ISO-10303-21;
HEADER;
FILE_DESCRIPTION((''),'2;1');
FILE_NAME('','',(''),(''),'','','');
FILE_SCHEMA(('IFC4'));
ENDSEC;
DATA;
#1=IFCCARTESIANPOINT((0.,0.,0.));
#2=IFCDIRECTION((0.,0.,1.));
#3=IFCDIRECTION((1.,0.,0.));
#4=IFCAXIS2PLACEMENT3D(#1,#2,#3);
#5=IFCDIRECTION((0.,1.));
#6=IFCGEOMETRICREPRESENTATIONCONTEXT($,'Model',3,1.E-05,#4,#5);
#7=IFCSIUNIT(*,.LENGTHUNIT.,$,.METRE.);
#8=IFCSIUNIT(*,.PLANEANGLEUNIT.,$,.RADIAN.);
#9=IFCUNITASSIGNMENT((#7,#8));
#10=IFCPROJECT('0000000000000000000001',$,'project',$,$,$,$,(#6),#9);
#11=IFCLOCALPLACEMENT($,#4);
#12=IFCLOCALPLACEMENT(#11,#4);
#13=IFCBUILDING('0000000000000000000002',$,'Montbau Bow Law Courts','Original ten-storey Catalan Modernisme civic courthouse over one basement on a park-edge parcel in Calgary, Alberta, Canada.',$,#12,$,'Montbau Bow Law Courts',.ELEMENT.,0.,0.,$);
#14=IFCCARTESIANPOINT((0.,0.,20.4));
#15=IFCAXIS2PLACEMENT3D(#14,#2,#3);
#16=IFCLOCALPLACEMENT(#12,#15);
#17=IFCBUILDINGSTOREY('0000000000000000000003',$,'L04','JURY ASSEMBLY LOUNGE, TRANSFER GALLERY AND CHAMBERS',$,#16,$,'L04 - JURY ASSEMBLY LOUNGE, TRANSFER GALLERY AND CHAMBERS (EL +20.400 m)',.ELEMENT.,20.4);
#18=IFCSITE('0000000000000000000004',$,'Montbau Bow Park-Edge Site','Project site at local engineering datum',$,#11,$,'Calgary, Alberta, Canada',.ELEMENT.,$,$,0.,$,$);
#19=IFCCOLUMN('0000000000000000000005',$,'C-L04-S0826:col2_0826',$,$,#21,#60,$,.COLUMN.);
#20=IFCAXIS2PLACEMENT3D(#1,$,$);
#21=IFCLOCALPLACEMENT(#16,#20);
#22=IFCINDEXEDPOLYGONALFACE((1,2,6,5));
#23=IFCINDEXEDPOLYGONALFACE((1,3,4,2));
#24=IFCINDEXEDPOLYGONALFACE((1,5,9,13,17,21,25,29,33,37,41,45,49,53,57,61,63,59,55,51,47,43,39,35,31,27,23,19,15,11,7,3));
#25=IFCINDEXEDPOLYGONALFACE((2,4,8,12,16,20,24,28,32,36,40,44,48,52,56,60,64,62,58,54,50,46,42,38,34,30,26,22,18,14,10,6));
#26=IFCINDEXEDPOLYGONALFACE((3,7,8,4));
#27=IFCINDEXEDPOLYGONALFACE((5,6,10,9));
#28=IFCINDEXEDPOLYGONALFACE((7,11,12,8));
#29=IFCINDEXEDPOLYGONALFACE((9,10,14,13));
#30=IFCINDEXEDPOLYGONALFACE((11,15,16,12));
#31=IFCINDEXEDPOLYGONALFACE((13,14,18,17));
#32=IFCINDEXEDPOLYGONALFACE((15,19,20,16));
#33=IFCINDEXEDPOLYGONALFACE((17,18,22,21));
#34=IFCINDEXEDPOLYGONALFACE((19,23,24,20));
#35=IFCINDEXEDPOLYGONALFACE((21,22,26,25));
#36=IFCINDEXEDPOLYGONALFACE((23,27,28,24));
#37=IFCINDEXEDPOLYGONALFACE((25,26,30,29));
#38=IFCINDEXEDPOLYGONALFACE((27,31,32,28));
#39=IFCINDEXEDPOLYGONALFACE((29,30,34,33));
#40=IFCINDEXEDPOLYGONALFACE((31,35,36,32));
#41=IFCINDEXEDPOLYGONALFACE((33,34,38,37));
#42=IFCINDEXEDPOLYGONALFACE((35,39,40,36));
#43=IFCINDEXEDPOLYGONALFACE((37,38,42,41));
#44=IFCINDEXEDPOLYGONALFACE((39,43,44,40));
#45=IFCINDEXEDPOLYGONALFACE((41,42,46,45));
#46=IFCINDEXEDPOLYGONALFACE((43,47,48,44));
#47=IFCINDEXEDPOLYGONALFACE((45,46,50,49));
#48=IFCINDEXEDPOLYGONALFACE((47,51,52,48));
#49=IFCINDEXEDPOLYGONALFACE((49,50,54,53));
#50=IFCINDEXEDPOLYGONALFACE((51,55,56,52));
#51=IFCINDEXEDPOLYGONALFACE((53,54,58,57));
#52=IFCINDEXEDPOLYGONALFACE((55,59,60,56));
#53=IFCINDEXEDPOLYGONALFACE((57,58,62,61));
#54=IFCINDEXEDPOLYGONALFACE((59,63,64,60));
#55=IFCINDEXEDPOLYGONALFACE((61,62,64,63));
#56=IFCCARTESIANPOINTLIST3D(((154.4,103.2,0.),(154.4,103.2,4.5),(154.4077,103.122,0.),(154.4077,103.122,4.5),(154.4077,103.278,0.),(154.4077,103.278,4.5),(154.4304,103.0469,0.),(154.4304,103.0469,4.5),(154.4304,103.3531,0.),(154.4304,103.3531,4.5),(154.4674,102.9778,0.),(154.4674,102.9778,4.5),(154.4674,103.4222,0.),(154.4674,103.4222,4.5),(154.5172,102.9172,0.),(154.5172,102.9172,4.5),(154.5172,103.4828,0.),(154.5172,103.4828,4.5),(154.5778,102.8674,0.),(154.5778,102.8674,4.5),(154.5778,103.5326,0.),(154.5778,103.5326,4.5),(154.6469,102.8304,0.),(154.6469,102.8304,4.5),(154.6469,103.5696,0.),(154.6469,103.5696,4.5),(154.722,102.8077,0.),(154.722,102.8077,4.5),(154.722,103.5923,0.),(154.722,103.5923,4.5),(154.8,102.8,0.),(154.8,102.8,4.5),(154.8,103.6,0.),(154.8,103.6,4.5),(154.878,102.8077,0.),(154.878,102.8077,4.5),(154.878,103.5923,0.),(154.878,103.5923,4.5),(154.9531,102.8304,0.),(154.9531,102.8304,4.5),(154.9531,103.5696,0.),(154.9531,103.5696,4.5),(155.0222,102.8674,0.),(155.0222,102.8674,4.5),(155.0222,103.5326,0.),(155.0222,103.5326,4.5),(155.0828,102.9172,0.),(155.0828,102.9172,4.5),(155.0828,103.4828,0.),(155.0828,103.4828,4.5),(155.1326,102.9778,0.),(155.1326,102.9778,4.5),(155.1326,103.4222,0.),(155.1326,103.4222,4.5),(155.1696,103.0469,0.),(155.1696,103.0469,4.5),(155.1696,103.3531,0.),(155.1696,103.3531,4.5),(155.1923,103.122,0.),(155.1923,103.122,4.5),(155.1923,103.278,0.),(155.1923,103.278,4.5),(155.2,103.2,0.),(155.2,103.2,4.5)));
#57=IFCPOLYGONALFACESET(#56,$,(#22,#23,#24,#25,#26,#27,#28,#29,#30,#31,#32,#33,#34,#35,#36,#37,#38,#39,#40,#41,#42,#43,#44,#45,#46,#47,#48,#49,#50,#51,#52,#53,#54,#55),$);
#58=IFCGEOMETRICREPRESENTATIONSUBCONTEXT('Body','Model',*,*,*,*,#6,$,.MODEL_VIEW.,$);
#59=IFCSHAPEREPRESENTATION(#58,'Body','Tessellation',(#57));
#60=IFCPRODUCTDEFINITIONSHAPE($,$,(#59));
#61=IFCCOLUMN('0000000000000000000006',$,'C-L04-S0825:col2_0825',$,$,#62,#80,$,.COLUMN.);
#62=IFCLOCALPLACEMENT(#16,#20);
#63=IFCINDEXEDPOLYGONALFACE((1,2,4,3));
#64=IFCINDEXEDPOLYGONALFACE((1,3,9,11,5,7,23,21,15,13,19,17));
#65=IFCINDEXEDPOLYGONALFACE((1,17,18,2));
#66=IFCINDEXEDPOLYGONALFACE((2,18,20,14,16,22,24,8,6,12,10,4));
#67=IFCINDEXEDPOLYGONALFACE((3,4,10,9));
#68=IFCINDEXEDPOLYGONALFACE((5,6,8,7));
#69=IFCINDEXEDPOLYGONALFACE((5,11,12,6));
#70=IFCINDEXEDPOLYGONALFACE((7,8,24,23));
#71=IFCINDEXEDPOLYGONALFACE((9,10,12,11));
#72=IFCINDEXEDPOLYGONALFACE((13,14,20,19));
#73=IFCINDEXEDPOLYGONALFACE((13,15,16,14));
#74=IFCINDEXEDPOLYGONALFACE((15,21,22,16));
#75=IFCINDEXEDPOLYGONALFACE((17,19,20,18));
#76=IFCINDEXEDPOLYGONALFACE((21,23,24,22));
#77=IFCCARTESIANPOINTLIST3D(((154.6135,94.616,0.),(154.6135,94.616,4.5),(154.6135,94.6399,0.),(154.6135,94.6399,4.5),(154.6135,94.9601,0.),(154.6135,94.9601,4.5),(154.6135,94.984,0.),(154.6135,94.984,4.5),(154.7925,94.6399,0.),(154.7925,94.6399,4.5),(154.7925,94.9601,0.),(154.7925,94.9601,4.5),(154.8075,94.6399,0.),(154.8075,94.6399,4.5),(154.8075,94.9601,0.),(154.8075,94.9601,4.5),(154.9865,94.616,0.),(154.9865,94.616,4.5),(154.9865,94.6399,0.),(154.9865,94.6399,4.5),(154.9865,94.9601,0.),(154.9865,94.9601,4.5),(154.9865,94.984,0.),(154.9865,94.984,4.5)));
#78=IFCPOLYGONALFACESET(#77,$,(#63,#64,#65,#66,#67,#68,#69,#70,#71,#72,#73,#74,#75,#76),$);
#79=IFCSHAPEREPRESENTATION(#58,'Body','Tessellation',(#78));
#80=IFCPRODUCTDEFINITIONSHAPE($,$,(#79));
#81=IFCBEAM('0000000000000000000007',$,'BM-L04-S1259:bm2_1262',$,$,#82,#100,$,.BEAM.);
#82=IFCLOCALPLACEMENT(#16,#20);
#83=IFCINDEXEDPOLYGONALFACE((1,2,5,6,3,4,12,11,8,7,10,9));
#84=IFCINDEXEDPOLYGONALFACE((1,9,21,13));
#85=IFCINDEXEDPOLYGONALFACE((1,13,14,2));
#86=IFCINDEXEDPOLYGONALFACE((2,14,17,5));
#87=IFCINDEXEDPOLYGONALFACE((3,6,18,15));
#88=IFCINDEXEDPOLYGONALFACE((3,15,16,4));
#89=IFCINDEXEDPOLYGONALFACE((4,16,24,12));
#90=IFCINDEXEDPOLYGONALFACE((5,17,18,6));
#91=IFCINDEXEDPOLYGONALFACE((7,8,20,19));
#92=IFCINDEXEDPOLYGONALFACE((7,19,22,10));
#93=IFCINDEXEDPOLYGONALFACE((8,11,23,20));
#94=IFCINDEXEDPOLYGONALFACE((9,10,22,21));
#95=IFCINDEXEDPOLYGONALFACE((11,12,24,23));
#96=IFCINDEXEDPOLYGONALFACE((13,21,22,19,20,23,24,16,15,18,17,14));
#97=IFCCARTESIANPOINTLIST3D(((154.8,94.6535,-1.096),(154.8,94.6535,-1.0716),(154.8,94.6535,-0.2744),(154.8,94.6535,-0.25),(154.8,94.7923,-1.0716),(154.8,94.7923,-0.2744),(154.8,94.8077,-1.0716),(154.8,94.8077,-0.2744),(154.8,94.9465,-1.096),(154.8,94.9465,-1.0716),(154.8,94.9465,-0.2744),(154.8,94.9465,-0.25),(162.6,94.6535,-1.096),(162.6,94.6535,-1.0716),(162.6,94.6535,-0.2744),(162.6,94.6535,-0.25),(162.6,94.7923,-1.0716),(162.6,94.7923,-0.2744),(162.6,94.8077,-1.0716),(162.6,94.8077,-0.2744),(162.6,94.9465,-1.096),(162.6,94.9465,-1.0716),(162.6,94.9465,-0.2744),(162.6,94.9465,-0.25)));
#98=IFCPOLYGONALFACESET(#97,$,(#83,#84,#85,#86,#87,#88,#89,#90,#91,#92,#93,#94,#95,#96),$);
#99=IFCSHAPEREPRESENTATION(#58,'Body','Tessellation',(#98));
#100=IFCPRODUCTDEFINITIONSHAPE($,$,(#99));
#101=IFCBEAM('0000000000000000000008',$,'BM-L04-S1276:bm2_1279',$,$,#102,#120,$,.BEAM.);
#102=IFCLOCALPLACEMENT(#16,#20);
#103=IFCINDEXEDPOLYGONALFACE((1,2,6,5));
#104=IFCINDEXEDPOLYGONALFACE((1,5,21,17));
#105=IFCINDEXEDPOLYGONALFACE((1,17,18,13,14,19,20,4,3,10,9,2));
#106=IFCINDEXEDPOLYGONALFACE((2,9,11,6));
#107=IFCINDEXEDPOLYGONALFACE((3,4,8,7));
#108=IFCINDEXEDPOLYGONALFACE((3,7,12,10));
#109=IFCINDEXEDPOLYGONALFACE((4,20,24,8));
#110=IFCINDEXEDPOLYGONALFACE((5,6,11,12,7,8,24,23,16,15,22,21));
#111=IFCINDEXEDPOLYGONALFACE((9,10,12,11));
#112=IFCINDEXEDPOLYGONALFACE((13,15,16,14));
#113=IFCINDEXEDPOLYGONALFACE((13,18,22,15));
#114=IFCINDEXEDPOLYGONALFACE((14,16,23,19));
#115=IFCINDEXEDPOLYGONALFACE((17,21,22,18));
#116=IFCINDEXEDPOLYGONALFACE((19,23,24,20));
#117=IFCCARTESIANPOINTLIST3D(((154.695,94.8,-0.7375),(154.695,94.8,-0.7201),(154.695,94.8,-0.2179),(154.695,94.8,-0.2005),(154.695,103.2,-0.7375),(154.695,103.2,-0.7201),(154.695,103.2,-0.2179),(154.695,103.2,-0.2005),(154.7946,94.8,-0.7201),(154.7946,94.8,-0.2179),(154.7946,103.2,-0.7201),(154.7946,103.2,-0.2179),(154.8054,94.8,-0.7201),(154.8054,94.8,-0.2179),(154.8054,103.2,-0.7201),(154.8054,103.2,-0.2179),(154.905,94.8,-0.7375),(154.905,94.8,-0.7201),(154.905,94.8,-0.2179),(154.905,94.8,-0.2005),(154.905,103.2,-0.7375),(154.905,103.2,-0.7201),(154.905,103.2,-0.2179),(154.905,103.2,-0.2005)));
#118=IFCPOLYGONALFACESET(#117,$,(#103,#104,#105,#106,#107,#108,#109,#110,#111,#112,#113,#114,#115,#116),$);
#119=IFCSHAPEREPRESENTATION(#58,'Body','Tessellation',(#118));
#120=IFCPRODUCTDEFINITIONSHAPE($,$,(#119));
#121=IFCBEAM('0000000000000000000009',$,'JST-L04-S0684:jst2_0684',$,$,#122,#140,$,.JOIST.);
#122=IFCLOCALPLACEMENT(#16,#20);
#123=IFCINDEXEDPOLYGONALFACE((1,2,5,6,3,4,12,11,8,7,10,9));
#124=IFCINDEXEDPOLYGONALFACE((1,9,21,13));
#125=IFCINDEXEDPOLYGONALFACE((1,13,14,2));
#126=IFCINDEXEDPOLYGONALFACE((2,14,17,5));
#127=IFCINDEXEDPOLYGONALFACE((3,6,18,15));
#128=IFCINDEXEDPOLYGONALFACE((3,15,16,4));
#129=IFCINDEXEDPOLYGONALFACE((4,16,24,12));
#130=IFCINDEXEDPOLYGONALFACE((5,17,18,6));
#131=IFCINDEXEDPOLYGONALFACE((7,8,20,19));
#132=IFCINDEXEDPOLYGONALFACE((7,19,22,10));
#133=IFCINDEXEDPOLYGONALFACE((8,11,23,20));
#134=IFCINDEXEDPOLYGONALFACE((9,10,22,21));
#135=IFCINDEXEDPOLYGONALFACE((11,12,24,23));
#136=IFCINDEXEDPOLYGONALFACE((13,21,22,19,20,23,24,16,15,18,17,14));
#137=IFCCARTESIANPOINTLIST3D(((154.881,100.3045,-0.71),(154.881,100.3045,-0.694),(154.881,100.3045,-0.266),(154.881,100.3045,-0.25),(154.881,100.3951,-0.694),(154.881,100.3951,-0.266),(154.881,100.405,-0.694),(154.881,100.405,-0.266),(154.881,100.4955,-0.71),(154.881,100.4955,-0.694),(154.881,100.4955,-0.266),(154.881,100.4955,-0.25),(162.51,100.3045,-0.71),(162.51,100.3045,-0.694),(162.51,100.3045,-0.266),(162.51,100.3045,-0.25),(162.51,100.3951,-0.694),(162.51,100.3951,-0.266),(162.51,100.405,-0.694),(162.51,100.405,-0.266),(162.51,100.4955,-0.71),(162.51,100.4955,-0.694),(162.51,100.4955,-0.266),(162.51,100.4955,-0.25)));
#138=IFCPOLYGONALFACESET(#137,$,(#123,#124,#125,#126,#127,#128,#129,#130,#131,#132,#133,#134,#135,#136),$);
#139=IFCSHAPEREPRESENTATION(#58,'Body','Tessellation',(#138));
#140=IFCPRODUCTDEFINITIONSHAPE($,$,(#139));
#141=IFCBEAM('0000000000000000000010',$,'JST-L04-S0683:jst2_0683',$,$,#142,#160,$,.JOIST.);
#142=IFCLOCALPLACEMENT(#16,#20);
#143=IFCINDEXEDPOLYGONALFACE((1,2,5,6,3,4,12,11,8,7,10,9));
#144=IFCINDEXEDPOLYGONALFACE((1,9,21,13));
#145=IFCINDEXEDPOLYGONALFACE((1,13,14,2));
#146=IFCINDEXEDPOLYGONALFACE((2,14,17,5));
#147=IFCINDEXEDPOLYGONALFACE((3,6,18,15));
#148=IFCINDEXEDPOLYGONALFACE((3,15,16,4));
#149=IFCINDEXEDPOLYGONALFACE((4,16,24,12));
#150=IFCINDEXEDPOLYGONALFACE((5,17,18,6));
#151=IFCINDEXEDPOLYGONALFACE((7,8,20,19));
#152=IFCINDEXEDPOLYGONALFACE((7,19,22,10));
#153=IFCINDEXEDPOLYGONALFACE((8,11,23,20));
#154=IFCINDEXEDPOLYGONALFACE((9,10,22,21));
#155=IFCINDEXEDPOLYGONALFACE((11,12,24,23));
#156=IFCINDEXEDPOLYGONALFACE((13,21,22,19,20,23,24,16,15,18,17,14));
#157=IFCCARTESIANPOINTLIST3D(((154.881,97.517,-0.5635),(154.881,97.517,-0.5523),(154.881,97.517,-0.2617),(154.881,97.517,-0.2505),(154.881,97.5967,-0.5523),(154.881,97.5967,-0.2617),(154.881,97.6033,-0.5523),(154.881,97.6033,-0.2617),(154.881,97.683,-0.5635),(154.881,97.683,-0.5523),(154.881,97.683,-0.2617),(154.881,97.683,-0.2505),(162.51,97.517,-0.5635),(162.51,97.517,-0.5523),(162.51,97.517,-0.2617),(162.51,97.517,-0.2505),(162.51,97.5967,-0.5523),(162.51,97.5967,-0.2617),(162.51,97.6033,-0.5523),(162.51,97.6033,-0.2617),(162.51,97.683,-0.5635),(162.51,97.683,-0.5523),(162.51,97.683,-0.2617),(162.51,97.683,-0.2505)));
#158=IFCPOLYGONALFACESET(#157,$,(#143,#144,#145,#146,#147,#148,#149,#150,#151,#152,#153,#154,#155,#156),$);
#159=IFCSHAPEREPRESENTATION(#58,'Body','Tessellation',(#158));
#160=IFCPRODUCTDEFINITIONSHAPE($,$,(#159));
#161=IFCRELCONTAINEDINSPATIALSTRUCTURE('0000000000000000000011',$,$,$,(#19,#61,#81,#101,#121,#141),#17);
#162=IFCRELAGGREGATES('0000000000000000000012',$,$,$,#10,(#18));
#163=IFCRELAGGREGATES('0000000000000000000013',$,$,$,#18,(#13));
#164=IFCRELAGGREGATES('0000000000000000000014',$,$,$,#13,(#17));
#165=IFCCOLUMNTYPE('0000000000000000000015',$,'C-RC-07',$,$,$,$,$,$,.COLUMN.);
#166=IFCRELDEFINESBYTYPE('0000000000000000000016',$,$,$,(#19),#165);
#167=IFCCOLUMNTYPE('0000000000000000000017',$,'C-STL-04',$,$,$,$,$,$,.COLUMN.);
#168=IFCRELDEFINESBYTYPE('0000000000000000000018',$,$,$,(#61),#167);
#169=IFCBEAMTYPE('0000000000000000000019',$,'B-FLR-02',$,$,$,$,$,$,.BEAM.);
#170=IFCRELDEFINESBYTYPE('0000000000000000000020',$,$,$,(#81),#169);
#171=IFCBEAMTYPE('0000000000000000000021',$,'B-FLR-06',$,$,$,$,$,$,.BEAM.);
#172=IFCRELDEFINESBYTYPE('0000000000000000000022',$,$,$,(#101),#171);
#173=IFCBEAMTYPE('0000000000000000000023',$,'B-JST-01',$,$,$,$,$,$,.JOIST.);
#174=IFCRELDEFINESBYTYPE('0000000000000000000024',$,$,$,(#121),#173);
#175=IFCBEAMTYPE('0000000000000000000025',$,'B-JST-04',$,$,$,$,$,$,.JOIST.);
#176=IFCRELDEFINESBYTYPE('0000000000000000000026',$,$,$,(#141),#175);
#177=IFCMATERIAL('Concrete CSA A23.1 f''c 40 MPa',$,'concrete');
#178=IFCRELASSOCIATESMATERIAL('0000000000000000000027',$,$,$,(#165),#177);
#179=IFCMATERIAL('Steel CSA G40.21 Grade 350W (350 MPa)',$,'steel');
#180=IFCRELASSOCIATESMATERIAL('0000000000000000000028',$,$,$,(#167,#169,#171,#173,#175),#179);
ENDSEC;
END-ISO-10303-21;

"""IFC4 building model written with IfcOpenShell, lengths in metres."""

from ifc_helpers import new_model, si_unit, direction, frame, origin_with_axes, origin_2d_with_axis, place, context, subcontext, project, spatial, circle, i_section, extrude, material, material_profile, profile_set, type_object, element, save


model = new_model("IFC4")

# Units and contexts
model_context = context("Model", 3, precision=1e-05, world=origin_with_axes(), true_north=direction((0.0, 1.0)))
body_context = subcontext(model_context, "Body", "Model", "MODEL_VIEW")
ifc_project = project(units=[si_unit("LENGTHUNIT", "METRE"), si_unit("PLANEANGLEUNIT", "RADIAN")], contexts=[model_context])

# Site, building, storey
site_placement = place(None, origin_with_axes())
site = spatial("IfcSite", under=ifc_project, at=site_placement, Name="Montbau Bow Park-Edge Site", Description="Project site at local engineering datum", LongName="Calgary, Alberta, Canada", CompositionType="ELEMENT", RefElevation=0.0)
building_placement = place(site_placement, origin_with_axes())
building = spatial("IfcBuilding", under=site, at=building_placement, Name="Montbau Bow Law Courts", Description="Original ten-storey Catalan Modernisme civic courthouse over one basement on a park-edge parcel in Calgary, Alberta, Canada.", LongName="Montbau Bow Law Courts", CompositionType="ELEMENT", ElevationOfRefHeight=0.0, ElevationOfTerrain=0.0)
storey_placement = place(building_placement, frame((0.0, 0.0, 20.4), z_axis=(0.0, 0.0, 1.0), x_axis=(1.0, 0.0, 0.0)))
storey = spatial("IfcBuildingStorey", under=building, at=storey_placement, Name="L04", Description="JURY ASSEMBLY LOUNGE, TRANSFER GALLERY AND CHAMBERS", LongName="L04 - JURY ASSEMBLY LOUNGE, TRANSFER GALLERY AND CHAMBERS (EL +20.400 m)", CompositionType="ELEMENT", Elevation=20.4)

# Columns
ifc_material_1 = material(Name="Concrete CSA A23.1 f'c 40 MPa", Category="concrete")
ifc_material_profile_1 = material_profile(ifc_material_1, circle(Radius=0.4, at=origin_2d_with_axis()), Name="RC800D", Category="Main", Priority=0)
ifc_profile_set_1 = profile_set([ifc_material_profile_1], Name="Concrete CSA A23.1 f'c 40 MPa")
column_type_1 = type_object("IfcColumnType", Name="C-RC-07", PredefinedType="COLUMN", material=ifc_profile_set_1)
column_1_placement = place(None, frame((154.8, 103.2, 20.4), z_axis=(0.0, 0.0, 1.0), x_axis=(1.0, 0.0, 0.0)))
element("IfcColumn", 1, at=column_1_placement, inside=storey, type_object=column_type_1, Name="C-L04-S0826:col2_0826", PredefinedType="COLUMN", context=body_context, shape_type="SweptSolid", body=[
    extrude(circle(Radius=0.4, at=origin_2d_with_axis()), origin_with_axes(), (0.0, 0.0, 1.0), 4.5),
])
ifc_material_2 = material(Name="Steel CSA G40.21 Grade 350W (350 MPa)", Category="steel")
ifc_material_profile_2 = material_profile(ifc_material_2, i_section(OverallWidth=0.373, OverallDepth=0.368, WebThickness=0.015, FlangeThickness=0.0239, at=origin_2d_with_axis()), Name="W360X179", Category="Main", Priority=0)
ifc_profile_set_2 = profile_set([ifc_material_profile_2], Name="Steel CSA G40.21 Grade 350W (350 MPa)")
column_type_2 = type_object("IfcColumnType", Name="C-STL-04", PredefinedType="COLUMN", material=ifc_profile_set_2)
column_2_placement = place(None, frame((154.8, 94.8, 20.4), z_axis=(0.0, 0.0, 1.0), x_axis=(1.0, 0.0, 0.0)))
element("IfcColumn", 2, at=column_2_placement, inside=storey, type_object=column_type_2, Name="C-L04-S0825:col2_0825", PredefinedType="COLUMN", context=body_context, shape_type="SweptSolid", body=[
    extrude(i_section(OverallWidth=0.373, OverallDepth=0.368, WebThickness=0.015, FlangeThickness=0.0239, at=origin_2d_with_axis()), origin_with_axes(), (0.0, 0.0, 1.0), 4.5),
])

# Beams
ifc_material_profile_3 = material_profile(ifc_material_2, i_section(OverallWidth=0.293, OverallDepth=0.846, WebThickness=0.0154, FlangeThickness=0.0244, at=origin_2d_with_axis()), Name="W840X210", Category="Main", Priority=0)
ifc_profile_set_3 = profile_set([ifc_material_profile_3], Name="Steel CSA G40.21 Grade 350W (350 MPa)")
beam_type_1 = type_object("IfcBeamType", Name="B-FLR-02", PredefinedType="BEAM", material=ifc_profile_set_3)
beam_1_placement = place(None, frame((154.8, 94.8, 19.727), z_axis=(1.0, 0.0, 0.0), x_axis=(0.0, 1.0, 0.0)))
element("IfcBeam", 3, at=beam_1_placement, inside=storey, type_object=beam_type_1, Name="BM-L04-S1259:bm2_1262", PredefinedType="BEAM", context=body_context, shape_type="SweptSolid", body=[
    extrude(i_section(OverallWidth=0.293, OverallDepth=0.846, WebThickness=0.0154, FlangeThickness=0.0244, at=origin_2d_with_axis()), origin_with_axes(), (0.0, 0.0, 1.0), 7.8),
])
ifc_material_profile_4 = material_profile(ifc_material_2, i_section(OverallWidth=0.21, OverallDepth=0.537, WebThickness=0.0109, FlangeThickness=0.0174, at=origin_2d_with_axis()), Name="W530X101", Category="Main", Priority=0)
ifc_profile_set_4 = profile_set([ifc_material_profile_4], Name="Steel CSA G40.21 Grade 350W (350 MPa)")
beam_type_2 = type_object("IfcBeamType", Name="B-FLR-06", PredefinedType="BEAM", material=ifc_profile_set_4)
beam_2_placement = place(None, frame((154.8, 94.8, 19.931), z_axis=(0.0, 1.0, 0.0), x_axis=(-1.0, 0.0, 0.0)))
element("IfcBeam", 4, at=beam_2_placement, inside=storey, type_object=beam_type_2, Name="BM-L04-S1276:bm2_1279", PredefinedType="BEAM", context=body_context, shape_type="SweptSolid", body=[
    extrude(i_section(OverallWidth=0.21, OverallDepth=0.537, WebThickness=0.0109, FlangeThickness=0.0174, at=origin_2d_with_axis()), origin_with_axes(), (0.0, 0.0, 1.0), 8.4),
])
ifc_material_profile_5 = material_profile(ifc_material_2, i_section(OverallWidth=0.191, OverallDepth=0.46, WebThickness=0.0099, FlangeThickness=0.016, at=origin_2d_with_axis()), Name="W460X82", Category="Main", Priority=0)
ifc_profile_set_5 = profile_set([ifc_material_profile_5], Name="Steel CSA G40.21 Grade 350W (350 MPa)")
beam_type_3 = type_object("IfcBeamType", Name="B-JST-01", PredefinedType="JOIST", material=ifc_profile_set_5)
beam_3_placement = place(None, frame((154.881, 100.4, 19.92), z_axis=(1.0, 0.0, 0.0), x_axis=(0.0, 1.0, 0.0)))
element("IfcBeam", 5, at=beam_3_placement, inside=storey, type_object=beam_type_3, Name="JST-L04-S0684:jst2_0684", PredefinedType="JOIST", context=body_context, shape_type="SweptSolid", body=[
    extrude(i_section(OverallWidth=0.191, OverallDepth=0.46, WebThickness=0.0099, FlangeThickness=0.016, at=origin_2d_with_axis()), origin_with_axes(), (0.0, 0.0, 1.0), 7.629),
])
ifc_material_profile_6 = material_profile(ifc_material_2, i_section(OverallWidth=0.166, OverallDepth=0.313, WebThickness=0.0066, FlangeThickness=0.0112, at=origin_2d_with_axis()), Name="W310X45", Category="Main", Priority=0)
ifc_profile_set_6 = profile_set([ifc_material_profile_6], Name="Steel CSA G40.21 Grade 350W (350 MPa)")
beam_type_4 = type_object("IfcBeamType", Name="B-JST-04", PredefinedType="JOIST", material=ifc_profile_set_6)
beam_4_placement = place(None, frame((154.881, 97.6, 19.993), z_axis=(1.0, 0.0, 0.0), x_axis=(0.0, 1.0, 0.0)))
element("IfcBeam", 6, at=beam_4_placement, inside=storey, type_object=beam_type_4, Name="JST-L04-S0683:jst2_0683", PredefinedType="JOIST", context=body_context, shape_type="SweptSolid", body=[
    extrude(i_section(OverallWidth=0.166, OverallDepth=0.313, WebThickness=0.0066, FlangeThickness=0.0112, at=origin_2d_with_axis()), origin_with_axes(), (0.0, 0.0, 1.0), 7.629),
])

save(model, "model.ifc")
